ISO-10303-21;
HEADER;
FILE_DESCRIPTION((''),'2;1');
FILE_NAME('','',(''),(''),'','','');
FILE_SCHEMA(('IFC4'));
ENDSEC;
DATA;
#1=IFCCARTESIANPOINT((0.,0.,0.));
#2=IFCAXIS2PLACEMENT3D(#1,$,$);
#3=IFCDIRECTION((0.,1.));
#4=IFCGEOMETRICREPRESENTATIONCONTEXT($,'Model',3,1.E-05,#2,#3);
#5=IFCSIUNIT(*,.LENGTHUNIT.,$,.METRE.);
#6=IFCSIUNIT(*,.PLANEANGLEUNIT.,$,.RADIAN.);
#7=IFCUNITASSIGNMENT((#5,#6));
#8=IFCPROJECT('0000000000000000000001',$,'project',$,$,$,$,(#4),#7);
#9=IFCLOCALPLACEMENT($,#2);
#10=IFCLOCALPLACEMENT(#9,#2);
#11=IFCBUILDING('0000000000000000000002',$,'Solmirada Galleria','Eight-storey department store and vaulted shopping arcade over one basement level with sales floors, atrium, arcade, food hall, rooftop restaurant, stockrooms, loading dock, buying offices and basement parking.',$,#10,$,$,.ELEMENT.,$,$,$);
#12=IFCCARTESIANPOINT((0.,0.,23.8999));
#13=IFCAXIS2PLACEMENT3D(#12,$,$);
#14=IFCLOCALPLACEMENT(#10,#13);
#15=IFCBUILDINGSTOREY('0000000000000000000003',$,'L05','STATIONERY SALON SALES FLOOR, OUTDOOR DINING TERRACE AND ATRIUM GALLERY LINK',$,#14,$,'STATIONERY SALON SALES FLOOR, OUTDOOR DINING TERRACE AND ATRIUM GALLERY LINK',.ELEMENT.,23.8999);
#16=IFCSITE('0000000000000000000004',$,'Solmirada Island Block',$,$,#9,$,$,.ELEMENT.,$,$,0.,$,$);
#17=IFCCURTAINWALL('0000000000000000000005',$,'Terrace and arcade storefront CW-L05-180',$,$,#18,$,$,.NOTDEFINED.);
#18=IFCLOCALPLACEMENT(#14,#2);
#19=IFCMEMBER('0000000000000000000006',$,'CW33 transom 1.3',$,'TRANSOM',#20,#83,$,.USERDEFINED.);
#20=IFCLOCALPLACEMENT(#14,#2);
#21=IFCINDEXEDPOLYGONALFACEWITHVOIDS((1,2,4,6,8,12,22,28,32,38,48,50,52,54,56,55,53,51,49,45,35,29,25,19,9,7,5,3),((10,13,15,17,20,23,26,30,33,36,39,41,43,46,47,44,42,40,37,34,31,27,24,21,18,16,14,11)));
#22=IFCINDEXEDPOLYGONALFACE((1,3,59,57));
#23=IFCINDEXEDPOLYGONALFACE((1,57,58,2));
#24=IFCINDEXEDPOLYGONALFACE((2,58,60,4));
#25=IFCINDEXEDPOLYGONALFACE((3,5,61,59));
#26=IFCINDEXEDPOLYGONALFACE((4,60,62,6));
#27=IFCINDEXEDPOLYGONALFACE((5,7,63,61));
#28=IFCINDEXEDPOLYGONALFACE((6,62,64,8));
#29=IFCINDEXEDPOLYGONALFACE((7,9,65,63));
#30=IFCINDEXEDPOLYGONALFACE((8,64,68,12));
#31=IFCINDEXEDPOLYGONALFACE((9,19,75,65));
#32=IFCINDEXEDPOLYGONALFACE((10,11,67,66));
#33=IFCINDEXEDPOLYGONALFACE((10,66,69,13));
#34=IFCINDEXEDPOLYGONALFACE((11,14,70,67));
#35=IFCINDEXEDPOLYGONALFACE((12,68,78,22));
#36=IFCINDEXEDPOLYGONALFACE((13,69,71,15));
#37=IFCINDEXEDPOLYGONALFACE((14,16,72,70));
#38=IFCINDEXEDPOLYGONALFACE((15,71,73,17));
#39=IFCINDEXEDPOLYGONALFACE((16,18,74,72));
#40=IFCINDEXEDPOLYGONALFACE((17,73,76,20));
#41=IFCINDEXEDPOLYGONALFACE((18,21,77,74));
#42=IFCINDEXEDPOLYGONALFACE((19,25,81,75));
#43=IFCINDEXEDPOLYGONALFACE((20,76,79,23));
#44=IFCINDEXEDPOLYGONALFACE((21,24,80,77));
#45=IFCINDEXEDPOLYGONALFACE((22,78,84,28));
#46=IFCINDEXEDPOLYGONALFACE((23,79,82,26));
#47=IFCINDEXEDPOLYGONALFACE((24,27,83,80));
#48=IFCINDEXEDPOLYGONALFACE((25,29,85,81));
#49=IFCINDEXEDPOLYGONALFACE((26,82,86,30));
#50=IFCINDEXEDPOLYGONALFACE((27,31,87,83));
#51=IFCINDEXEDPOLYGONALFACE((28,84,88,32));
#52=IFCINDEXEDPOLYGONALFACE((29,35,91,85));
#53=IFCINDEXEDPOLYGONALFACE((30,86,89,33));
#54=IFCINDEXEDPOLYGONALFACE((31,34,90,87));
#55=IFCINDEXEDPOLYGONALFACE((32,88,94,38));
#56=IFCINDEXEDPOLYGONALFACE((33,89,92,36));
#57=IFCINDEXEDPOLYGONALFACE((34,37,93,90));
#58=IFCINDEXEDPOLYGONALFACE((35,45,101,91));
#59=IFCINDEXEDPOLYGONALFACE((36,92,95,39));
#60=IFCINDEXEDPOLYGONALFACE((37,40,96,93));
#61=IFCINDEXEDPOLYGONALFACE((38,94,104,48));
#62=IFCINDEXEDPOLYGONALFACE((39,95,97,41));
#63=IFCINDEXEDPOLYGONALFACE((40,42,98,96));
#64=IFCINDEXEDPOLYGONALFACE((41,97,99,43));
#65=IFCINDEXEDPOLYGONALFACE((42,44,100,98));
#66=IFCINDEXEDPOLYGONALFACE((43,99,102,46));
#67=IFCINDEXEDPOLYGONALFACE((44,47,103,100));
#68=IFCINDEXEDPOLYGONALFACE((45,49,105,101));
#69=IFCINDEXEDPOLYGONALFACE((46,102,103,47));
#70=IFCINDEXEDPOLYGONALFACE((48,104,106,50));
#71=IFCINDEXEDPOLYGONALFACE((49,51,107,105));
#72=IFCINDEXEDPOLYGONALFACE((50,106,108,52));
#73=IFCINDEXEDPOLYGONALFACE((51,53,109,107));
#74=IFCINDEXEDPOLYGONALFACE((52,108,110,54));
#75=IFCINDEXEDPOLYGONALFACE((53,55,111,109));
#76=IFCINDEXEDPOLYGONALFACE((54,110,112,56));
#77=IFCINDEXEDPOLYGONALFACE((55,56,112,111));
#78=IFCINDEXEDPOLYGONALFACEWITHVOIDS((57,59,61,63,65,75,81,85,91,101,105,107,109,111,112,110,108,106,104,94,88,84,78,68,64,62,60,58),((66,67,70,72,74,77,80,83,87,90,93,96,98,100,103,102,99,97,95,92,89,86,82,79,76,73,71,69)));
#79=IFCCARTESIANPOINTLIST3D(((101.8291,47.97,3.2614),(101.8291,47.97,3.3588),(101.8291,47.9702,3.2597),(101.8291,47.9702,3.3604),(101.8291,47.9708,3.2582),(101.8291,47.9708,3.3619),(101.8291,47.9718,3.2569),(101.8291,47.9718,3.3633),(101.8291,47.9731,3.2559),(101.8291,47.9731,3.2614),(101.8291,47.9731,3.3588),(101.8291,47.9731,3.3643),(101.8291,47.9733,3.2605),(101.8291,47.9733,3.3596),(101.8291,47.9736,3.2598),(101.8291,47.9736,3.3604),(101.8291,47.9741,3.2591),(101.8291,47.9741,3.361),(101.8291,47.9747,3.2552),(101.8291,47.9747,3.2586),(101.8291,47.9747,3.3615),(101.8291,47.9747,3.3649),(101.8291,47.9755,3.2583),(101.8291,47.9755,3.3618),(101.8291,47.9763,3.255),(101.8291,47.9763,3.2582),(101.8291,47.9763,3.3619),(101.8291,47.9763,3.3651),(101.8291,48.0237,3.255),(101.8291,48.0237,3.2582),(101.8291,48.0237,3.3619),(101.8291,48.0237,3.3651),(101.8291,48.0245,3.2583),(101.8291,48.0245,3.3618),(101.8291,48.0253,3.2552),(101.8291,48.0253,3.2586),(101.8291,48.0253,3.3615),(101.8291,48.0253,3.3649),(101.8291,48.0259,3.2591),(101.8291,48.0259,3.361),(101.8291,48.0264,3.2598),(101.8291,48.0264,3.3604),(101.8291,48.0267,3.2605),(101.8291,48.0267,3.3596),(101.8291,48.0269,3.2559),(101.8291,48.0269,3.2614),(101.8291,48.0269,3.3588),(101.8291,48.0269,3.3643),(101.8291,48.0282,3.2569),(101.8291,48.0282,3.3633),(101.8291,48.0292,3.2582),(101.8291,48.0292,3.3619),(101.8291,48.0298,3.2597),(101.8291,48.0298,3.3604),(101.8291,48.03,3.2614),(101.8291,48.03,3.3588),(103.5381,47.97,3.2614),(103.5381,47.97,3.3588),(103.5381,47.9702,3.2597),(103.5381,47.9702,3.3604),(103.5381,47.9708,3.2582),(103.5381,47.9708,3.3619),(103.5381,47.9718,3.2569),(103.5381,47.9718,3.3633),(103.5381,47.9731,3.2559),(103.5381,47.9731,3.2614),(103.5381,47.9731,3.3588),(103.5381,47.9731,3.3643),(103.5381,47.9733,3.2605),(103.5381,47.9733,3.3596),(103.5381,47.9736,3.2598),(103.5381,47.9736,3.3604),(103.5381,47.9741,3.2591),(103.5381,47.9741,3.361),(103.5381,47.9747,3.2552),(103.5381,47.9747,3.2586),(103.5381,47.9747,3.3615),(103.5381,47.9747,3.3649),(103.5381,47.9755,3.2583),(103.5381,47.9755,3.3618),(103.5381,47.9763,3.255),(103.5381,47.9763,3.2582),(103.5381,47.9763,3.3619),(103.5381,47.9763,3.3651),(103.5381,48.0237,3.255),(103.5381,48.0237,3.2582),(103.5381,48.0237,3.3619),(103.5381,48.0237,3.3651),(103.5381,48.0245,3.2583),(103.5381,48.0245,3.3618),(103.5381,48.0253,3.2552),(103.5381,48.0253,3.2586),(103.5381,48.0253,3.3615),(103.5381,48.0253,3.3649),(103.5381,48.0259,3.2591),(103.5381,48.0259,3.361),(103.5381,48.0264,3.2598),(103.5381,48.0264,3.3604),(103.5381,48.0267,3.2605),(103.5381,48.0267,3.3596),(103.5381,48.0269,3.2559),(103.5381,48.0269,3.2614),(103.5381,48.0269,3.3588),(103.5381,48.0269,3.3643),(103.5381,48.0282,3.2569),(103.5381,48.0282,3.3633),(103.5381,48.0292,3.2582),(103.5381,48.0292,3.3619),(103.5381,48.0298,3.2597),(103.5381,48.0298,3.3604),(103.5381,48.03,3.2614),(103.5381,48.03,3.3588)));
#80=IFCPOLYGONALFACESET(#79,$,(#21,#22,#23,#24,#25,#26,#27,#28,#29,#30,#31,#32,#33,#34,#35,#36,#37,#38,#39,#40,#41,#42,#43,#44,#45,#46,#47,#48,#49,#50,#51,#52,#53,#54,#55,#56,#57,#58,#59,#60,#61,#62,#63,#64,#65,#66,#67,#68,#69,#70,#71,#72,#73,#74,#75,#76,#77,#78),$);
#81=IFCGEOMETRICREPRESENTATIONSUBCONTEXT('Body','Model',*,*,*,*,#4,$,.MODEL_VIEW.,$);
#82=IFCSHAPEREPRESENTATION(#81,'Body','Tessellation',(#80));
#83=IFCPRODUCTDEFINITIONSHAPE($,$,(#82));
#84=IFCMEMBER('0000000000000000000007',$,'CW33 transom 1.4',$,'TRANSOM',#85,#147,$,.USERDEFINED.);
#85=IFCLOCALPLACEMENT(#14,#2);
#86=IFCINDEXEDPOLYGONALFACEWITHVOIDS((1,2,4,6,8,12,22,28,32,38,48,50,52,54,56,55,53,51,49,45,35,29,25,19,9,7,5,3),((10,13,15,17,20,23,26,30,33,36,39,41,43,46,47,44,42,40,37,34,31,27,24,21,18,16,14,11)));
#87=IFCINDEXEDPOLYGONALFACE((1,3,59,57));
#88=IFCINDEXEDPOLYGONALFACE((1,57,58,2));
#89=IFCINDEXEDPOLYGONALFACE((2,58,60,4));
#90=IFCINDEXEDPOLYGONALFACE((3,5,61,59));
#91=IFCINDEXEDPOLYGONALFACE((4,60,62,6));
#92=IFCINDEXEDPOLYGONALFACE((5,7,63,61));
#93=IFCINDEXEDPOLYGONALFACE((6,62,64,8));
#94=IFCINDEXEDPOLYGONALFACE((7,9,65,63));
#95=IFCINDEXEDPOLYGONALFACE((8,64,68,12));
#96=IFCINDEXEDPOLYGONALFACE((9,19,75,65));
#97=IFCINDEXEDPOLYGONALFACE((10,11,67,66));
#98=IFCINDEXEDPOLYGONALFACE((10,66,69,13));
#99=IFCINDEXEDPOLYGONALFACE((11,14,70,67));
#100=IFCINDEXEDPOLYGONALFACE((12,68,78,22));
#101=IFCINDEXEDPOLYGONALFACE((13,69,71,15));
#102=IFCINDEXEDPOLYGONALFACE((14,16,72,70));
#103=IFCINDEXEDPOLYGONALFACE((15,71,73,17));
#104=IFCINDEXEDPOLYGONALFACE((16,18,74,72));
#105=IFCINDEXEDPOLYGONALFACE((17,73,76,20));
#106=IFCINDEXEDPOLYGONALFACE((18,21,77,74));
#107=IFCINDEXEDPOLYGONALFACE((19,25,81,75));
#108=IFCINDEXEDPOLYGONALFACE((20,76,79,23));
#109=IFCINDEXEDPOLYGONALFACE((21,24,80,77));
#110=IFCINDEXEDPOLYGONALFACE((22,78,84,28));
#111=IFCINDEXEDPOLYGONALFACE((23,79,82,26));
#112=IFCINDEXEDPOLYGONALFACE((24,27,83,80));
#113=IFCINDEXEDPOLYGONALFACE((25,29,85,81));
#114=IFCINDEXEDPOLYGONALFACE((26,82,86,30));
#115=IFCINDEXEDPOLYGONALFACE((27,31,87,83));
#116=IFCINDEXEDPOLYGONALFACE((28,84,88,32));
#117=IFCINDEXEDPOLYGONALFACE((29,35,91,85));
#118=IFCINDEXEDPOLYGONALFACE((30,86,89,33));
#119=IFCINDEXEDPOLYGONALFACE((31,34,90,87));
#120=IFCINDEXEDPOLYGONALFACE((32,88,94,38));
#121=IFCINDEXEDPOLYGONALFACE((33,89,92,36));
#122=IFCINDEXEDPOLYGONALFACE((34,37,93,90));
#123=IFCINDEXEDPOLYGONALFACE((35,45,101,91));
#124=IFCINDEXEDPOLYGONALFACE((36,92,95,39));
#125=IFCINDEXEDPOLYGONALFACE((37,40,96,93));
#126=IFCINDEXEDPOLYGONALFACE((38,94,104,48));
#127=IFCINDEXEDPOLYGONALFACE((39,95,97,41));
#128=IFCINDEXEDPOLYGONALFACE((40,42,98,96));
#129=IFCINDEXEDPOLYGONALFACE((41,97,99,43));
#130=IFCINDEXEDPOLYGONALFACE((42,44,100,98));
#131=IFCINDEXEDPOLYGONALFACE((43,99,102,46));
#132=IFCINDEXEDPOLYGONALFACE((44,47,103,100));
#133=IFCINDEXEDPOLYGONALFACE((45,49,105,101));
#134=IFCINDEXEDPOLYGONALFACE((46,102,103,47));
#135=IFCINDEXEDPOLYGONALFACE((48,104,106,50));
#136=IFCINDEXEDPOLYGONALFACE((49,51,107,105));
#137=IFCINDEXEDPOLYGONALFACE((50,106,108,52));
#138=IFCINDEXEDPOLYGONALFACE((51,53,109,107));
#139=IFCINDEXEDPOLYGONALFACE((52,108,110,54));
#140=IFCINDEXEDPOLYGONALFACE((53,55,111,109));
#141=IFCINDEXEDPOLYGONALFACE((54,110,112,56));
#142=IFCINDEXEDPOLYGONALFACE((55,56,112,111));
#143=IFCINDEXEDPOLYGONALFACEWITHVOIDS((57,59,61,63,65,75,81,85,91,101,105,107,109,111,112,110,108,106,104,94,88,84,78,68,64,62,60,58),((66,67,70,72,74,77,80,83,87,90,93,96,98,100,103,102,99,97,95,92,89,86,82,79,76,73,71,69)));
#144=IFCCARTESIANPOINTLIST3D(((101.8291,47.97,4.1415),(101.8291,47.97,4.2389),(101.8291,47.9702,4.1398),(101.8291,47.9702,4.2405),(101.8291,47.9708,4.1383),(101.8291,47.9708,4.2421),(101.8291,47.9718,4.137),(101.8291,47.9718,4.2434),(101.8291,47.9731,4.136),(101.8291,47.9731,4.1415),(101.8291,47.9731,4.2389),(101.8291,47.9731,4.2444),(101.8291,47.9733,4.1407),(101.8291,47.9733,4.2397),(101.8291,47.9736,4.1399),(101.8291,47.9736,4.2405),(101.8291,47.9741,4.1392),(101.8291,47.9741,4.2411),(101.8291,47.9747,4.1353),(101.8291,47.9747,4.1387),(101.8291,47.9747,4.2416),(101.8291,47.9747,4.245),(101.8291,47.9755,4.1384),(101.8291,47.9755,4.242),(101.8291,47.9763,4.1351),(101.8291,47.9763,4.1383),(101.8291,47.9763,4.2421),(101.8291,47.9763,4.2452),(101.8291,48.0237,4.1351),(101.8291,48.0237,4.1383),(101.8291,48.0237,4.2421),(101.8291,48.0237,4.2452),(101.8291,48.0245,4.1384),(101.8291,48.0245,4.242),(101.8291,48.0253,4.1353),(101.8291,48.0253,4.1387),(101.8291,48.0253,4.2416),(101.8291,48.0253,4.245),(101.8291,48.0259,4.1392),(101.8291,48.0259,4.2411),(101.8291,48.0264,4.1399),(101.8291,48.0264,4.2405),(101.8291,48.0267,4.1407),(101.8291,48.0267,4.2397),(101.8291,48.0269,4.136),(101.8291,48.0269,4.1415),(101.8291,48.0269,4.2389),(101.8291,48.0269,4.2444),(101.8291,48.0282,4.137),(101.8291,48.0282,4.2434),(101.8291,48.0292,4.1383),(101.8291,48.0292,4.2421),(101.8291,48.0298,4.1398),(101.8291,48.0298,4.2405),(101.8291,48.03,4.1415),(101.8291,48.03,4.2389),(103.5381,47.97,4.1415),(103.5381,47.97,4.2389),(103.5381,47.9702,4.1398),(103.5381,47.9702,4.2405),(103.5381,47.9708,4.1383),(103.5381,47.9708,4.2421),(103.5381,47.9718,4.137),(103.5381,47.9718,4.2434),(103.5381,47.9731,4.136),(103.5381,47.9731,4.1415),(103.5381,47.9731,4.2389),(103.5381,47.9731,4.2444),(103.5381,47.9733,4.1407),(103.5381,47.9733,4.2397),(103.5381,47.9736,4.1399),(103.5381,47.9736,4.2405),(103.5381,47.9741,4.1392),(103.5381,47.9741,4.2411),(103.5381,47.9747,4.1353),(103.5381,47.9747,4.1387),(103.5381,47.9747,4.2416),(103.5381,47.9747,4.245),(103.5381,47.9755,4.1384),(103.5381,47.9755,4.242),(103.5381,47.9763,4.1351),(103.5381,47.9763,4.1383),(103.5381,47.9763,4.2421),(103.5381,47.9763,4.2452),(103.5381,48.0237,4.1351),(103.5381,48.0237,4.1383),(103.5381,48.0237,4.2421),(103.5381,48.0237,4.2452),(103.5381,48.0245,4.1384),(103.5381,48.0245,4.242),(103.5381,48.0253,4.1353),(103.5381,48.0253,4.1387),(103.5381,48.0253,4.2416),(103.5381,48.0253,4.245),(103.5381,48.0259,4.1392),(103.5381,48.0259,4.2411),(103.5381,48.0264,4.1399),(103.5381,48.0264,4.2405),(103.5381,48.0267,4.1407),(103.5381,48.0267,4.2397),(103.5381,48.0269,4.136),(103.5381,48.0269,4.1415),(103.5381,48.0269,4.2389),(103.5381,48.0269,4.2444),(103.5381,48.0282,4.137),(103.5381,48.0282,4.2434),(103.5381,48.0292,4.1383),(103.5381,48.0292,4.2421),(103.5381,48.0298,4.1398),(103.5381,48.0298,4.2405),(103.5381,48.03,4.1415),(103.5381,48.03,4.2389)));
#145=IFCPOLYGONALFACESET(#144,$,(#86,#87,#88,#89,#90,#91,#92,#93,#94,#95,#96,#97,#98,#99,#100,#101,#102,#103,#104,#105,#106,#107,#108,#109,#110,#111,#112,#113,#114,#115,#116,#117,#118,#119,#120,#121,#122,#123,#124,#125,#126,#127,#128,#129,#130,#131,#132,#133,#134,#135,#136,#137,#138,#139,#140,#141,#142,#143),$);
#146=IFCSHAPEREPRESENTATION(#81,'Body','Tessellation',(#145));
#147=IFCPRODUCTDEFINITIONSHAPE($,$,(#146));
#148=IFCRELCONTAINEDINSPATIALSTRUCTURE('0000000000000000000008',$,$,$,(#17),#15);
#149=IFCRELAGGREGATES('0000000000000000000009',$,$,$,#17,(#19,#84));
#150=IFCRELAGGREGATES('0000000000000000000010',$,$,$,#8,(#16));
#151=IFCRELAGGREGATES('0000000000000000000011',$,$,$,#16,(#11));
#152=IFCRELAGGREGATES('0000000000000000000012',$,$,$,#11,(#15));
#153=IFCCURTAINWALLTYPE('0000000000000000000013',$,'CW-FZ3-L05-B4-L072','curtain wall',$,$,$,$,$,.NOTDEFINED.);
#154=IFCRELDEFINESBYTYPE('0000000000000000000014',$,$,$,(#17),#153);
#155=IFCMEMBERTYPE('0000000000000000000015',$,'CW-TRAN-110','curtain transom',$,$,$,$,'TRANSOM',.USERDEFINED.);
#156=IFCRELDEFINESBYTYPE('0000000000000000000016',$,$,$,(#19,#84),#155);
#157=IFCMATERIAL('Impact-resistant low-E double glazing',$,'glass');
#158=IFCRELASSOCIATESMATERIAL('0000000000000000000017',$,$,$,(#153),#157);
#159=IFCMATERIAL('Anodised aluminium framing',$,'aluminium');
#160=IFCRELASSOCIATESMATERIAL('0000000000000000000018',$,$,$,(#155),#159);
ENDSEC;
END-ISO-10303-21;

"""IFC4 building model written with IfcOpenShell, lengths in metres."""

from ifc_helpers import new_model, si_unit, direction, frame, origin, origin_2d, place, context, subcontext, project, spatial, hollow_rectangle, extrude, material, material_profile, profile_set, type_object, element, aggregate, save


model = new_model("IFC4")

# Units and contexts
model_context = context("Model", 3, precision=1e-05, world=origin(), true_north=direction((0.0, 1.0)))
body_context = subcontext(model_context, "Body", "Model", "MODEL_VIEW")
ifc_project = project(units=[si_unit("LENGTHUNIT", "METRE"), si_unit("PLANEANGLEUNIT", "RADIAN")], contexts=[model_context])

# Site, building, storey
site_placement = place(None, origin())
site = spatial("IfcSite", under=ifc_project, at=site_placement, Name="Solmirada Island Block", CompositionType="ELEMENT", RefElevation=0.0)
building_placement = place(site_placement, origin())
building = spatial("IfcBuilding", under=site, at=building_placement, Name="Solmirada Galleria", Description="Eight-storey department store and vaulted shopping arcade over one basement level with sales floors, atrium, arcade, food hall, rooftop restaurant, stockrooms, loading dock, buying offices and basement parking.", CompositionType="ELEMENT")
storey_placement = place(building_placement, frame((0.0, 0.0, 23.8999)))
storey = spatial("IfcBuildingStorey", under=building, at=storey_placement, Name="L05", Description="STATIONERY SALON SALES FLOOR, OUTDOOR DINING TERRACE AND ATRIUM GALLERY LINK", LongName="STATIONERY SALON SALES FLOOR, OUTDOOR DINING TERRACE AND ATRIUM GALLERY LINK", CompositionType="ELEMENT", Elevation=23.8999)

# Curtain wall, members
ifc_material_1 = material(Name="Impact-resistant low-E double glazing", Category="glass")
curtain_wall_type = type_object("IfcCurtainWallType", Name="CW-FZ3-L05-B4-L072", Description="curtain wall", PredefinedType="NOTDEFINED", material=ifc_material_1)
curtain_wall_placement = place(storey_placement, origin())
curtain_wall = element("IfcCurtainWall", 1, at=curtain_wall_placement, inside=storey, type_object=curtain_wall_type, Name="Terrace and arcade storefront CW-L05-180", PredefinedType="NOTDEFINED")
ifc_material_2 = material(Name="Anodised aluminium framing", Category="aluminium")
ifc_material_profile_1 = material_profile(ifc_material_2, hollow_rectangle(XDim=0.0601, YDim=0.1101, WallThickness=0.0032, InnerFilletRadius=0.0032, OuterFilletRadius=0.0063, at=origin_2d()), Name="ALU-TRAN-110X60")
ifc_profile_set_1 = profile_set([ifc_material_profile_1], Name="Anodised aluminium framing")
member_type_1 = type_object("IfcMemberType", Name="CW-TRAN-110", Description="curtain transom", ElementType="TRANSOM", PredefinedType="USERDEFINED", material=ifc_profile_set_1)
member_1_placement = place(storey_placement, frame((103.5381, 48.0, 3.3101), z_axis=(-1.0, 0.0, 0.0), x_axis=(0.0, -1.0, 0.0)))
member_1 = element("IfcMember", 2, at=member_1_placement, type_object=member_type_1, Name="CW33 transom 1.3", ObjectType="TRANSOM", PredefinedType="USERDEFINED", context=body_context, shape_type="SweptSolid", body=[
    extrude(hollow_rectangle(XDim=0.0601, YDim=0.1101, WallThickness=0.0032, InnerFilletRadius=0.0032, OuterFilletRadius=0.0063, at=origin_2d()), origin(), (0.0, 0.0, 1.0), 1.709),
])
member_2_placement = place(storey_placement, frame((103.5381, 48.0, 4.1902), z_axis=(-1.0, 0.0, 0.0), x_axis=(0.0, -1.0, 0.0)))
member_2 = element("IfcMember", 3, at=member_2_placement, type_object=member_type_1, Name="CW33 transom 1.4", ObjectType="TRANSOM", PredefinedType="USERDEFINED", context=body_context, shape_type="SweptSolid", body=[
    extrude(hollow_rectangle(XDim=0.0601, YDim=0.1101, WallThickness=0.0032, InnerFilletRadius=0.0032, OuterFilletRadius=0.0063, at=origin_2d()), origin(), (0.0, 0.0, 1.0), 1.709),
])
aggregate(curtain_wall, [member_1, member_2])

save(model, "model.ifc")
